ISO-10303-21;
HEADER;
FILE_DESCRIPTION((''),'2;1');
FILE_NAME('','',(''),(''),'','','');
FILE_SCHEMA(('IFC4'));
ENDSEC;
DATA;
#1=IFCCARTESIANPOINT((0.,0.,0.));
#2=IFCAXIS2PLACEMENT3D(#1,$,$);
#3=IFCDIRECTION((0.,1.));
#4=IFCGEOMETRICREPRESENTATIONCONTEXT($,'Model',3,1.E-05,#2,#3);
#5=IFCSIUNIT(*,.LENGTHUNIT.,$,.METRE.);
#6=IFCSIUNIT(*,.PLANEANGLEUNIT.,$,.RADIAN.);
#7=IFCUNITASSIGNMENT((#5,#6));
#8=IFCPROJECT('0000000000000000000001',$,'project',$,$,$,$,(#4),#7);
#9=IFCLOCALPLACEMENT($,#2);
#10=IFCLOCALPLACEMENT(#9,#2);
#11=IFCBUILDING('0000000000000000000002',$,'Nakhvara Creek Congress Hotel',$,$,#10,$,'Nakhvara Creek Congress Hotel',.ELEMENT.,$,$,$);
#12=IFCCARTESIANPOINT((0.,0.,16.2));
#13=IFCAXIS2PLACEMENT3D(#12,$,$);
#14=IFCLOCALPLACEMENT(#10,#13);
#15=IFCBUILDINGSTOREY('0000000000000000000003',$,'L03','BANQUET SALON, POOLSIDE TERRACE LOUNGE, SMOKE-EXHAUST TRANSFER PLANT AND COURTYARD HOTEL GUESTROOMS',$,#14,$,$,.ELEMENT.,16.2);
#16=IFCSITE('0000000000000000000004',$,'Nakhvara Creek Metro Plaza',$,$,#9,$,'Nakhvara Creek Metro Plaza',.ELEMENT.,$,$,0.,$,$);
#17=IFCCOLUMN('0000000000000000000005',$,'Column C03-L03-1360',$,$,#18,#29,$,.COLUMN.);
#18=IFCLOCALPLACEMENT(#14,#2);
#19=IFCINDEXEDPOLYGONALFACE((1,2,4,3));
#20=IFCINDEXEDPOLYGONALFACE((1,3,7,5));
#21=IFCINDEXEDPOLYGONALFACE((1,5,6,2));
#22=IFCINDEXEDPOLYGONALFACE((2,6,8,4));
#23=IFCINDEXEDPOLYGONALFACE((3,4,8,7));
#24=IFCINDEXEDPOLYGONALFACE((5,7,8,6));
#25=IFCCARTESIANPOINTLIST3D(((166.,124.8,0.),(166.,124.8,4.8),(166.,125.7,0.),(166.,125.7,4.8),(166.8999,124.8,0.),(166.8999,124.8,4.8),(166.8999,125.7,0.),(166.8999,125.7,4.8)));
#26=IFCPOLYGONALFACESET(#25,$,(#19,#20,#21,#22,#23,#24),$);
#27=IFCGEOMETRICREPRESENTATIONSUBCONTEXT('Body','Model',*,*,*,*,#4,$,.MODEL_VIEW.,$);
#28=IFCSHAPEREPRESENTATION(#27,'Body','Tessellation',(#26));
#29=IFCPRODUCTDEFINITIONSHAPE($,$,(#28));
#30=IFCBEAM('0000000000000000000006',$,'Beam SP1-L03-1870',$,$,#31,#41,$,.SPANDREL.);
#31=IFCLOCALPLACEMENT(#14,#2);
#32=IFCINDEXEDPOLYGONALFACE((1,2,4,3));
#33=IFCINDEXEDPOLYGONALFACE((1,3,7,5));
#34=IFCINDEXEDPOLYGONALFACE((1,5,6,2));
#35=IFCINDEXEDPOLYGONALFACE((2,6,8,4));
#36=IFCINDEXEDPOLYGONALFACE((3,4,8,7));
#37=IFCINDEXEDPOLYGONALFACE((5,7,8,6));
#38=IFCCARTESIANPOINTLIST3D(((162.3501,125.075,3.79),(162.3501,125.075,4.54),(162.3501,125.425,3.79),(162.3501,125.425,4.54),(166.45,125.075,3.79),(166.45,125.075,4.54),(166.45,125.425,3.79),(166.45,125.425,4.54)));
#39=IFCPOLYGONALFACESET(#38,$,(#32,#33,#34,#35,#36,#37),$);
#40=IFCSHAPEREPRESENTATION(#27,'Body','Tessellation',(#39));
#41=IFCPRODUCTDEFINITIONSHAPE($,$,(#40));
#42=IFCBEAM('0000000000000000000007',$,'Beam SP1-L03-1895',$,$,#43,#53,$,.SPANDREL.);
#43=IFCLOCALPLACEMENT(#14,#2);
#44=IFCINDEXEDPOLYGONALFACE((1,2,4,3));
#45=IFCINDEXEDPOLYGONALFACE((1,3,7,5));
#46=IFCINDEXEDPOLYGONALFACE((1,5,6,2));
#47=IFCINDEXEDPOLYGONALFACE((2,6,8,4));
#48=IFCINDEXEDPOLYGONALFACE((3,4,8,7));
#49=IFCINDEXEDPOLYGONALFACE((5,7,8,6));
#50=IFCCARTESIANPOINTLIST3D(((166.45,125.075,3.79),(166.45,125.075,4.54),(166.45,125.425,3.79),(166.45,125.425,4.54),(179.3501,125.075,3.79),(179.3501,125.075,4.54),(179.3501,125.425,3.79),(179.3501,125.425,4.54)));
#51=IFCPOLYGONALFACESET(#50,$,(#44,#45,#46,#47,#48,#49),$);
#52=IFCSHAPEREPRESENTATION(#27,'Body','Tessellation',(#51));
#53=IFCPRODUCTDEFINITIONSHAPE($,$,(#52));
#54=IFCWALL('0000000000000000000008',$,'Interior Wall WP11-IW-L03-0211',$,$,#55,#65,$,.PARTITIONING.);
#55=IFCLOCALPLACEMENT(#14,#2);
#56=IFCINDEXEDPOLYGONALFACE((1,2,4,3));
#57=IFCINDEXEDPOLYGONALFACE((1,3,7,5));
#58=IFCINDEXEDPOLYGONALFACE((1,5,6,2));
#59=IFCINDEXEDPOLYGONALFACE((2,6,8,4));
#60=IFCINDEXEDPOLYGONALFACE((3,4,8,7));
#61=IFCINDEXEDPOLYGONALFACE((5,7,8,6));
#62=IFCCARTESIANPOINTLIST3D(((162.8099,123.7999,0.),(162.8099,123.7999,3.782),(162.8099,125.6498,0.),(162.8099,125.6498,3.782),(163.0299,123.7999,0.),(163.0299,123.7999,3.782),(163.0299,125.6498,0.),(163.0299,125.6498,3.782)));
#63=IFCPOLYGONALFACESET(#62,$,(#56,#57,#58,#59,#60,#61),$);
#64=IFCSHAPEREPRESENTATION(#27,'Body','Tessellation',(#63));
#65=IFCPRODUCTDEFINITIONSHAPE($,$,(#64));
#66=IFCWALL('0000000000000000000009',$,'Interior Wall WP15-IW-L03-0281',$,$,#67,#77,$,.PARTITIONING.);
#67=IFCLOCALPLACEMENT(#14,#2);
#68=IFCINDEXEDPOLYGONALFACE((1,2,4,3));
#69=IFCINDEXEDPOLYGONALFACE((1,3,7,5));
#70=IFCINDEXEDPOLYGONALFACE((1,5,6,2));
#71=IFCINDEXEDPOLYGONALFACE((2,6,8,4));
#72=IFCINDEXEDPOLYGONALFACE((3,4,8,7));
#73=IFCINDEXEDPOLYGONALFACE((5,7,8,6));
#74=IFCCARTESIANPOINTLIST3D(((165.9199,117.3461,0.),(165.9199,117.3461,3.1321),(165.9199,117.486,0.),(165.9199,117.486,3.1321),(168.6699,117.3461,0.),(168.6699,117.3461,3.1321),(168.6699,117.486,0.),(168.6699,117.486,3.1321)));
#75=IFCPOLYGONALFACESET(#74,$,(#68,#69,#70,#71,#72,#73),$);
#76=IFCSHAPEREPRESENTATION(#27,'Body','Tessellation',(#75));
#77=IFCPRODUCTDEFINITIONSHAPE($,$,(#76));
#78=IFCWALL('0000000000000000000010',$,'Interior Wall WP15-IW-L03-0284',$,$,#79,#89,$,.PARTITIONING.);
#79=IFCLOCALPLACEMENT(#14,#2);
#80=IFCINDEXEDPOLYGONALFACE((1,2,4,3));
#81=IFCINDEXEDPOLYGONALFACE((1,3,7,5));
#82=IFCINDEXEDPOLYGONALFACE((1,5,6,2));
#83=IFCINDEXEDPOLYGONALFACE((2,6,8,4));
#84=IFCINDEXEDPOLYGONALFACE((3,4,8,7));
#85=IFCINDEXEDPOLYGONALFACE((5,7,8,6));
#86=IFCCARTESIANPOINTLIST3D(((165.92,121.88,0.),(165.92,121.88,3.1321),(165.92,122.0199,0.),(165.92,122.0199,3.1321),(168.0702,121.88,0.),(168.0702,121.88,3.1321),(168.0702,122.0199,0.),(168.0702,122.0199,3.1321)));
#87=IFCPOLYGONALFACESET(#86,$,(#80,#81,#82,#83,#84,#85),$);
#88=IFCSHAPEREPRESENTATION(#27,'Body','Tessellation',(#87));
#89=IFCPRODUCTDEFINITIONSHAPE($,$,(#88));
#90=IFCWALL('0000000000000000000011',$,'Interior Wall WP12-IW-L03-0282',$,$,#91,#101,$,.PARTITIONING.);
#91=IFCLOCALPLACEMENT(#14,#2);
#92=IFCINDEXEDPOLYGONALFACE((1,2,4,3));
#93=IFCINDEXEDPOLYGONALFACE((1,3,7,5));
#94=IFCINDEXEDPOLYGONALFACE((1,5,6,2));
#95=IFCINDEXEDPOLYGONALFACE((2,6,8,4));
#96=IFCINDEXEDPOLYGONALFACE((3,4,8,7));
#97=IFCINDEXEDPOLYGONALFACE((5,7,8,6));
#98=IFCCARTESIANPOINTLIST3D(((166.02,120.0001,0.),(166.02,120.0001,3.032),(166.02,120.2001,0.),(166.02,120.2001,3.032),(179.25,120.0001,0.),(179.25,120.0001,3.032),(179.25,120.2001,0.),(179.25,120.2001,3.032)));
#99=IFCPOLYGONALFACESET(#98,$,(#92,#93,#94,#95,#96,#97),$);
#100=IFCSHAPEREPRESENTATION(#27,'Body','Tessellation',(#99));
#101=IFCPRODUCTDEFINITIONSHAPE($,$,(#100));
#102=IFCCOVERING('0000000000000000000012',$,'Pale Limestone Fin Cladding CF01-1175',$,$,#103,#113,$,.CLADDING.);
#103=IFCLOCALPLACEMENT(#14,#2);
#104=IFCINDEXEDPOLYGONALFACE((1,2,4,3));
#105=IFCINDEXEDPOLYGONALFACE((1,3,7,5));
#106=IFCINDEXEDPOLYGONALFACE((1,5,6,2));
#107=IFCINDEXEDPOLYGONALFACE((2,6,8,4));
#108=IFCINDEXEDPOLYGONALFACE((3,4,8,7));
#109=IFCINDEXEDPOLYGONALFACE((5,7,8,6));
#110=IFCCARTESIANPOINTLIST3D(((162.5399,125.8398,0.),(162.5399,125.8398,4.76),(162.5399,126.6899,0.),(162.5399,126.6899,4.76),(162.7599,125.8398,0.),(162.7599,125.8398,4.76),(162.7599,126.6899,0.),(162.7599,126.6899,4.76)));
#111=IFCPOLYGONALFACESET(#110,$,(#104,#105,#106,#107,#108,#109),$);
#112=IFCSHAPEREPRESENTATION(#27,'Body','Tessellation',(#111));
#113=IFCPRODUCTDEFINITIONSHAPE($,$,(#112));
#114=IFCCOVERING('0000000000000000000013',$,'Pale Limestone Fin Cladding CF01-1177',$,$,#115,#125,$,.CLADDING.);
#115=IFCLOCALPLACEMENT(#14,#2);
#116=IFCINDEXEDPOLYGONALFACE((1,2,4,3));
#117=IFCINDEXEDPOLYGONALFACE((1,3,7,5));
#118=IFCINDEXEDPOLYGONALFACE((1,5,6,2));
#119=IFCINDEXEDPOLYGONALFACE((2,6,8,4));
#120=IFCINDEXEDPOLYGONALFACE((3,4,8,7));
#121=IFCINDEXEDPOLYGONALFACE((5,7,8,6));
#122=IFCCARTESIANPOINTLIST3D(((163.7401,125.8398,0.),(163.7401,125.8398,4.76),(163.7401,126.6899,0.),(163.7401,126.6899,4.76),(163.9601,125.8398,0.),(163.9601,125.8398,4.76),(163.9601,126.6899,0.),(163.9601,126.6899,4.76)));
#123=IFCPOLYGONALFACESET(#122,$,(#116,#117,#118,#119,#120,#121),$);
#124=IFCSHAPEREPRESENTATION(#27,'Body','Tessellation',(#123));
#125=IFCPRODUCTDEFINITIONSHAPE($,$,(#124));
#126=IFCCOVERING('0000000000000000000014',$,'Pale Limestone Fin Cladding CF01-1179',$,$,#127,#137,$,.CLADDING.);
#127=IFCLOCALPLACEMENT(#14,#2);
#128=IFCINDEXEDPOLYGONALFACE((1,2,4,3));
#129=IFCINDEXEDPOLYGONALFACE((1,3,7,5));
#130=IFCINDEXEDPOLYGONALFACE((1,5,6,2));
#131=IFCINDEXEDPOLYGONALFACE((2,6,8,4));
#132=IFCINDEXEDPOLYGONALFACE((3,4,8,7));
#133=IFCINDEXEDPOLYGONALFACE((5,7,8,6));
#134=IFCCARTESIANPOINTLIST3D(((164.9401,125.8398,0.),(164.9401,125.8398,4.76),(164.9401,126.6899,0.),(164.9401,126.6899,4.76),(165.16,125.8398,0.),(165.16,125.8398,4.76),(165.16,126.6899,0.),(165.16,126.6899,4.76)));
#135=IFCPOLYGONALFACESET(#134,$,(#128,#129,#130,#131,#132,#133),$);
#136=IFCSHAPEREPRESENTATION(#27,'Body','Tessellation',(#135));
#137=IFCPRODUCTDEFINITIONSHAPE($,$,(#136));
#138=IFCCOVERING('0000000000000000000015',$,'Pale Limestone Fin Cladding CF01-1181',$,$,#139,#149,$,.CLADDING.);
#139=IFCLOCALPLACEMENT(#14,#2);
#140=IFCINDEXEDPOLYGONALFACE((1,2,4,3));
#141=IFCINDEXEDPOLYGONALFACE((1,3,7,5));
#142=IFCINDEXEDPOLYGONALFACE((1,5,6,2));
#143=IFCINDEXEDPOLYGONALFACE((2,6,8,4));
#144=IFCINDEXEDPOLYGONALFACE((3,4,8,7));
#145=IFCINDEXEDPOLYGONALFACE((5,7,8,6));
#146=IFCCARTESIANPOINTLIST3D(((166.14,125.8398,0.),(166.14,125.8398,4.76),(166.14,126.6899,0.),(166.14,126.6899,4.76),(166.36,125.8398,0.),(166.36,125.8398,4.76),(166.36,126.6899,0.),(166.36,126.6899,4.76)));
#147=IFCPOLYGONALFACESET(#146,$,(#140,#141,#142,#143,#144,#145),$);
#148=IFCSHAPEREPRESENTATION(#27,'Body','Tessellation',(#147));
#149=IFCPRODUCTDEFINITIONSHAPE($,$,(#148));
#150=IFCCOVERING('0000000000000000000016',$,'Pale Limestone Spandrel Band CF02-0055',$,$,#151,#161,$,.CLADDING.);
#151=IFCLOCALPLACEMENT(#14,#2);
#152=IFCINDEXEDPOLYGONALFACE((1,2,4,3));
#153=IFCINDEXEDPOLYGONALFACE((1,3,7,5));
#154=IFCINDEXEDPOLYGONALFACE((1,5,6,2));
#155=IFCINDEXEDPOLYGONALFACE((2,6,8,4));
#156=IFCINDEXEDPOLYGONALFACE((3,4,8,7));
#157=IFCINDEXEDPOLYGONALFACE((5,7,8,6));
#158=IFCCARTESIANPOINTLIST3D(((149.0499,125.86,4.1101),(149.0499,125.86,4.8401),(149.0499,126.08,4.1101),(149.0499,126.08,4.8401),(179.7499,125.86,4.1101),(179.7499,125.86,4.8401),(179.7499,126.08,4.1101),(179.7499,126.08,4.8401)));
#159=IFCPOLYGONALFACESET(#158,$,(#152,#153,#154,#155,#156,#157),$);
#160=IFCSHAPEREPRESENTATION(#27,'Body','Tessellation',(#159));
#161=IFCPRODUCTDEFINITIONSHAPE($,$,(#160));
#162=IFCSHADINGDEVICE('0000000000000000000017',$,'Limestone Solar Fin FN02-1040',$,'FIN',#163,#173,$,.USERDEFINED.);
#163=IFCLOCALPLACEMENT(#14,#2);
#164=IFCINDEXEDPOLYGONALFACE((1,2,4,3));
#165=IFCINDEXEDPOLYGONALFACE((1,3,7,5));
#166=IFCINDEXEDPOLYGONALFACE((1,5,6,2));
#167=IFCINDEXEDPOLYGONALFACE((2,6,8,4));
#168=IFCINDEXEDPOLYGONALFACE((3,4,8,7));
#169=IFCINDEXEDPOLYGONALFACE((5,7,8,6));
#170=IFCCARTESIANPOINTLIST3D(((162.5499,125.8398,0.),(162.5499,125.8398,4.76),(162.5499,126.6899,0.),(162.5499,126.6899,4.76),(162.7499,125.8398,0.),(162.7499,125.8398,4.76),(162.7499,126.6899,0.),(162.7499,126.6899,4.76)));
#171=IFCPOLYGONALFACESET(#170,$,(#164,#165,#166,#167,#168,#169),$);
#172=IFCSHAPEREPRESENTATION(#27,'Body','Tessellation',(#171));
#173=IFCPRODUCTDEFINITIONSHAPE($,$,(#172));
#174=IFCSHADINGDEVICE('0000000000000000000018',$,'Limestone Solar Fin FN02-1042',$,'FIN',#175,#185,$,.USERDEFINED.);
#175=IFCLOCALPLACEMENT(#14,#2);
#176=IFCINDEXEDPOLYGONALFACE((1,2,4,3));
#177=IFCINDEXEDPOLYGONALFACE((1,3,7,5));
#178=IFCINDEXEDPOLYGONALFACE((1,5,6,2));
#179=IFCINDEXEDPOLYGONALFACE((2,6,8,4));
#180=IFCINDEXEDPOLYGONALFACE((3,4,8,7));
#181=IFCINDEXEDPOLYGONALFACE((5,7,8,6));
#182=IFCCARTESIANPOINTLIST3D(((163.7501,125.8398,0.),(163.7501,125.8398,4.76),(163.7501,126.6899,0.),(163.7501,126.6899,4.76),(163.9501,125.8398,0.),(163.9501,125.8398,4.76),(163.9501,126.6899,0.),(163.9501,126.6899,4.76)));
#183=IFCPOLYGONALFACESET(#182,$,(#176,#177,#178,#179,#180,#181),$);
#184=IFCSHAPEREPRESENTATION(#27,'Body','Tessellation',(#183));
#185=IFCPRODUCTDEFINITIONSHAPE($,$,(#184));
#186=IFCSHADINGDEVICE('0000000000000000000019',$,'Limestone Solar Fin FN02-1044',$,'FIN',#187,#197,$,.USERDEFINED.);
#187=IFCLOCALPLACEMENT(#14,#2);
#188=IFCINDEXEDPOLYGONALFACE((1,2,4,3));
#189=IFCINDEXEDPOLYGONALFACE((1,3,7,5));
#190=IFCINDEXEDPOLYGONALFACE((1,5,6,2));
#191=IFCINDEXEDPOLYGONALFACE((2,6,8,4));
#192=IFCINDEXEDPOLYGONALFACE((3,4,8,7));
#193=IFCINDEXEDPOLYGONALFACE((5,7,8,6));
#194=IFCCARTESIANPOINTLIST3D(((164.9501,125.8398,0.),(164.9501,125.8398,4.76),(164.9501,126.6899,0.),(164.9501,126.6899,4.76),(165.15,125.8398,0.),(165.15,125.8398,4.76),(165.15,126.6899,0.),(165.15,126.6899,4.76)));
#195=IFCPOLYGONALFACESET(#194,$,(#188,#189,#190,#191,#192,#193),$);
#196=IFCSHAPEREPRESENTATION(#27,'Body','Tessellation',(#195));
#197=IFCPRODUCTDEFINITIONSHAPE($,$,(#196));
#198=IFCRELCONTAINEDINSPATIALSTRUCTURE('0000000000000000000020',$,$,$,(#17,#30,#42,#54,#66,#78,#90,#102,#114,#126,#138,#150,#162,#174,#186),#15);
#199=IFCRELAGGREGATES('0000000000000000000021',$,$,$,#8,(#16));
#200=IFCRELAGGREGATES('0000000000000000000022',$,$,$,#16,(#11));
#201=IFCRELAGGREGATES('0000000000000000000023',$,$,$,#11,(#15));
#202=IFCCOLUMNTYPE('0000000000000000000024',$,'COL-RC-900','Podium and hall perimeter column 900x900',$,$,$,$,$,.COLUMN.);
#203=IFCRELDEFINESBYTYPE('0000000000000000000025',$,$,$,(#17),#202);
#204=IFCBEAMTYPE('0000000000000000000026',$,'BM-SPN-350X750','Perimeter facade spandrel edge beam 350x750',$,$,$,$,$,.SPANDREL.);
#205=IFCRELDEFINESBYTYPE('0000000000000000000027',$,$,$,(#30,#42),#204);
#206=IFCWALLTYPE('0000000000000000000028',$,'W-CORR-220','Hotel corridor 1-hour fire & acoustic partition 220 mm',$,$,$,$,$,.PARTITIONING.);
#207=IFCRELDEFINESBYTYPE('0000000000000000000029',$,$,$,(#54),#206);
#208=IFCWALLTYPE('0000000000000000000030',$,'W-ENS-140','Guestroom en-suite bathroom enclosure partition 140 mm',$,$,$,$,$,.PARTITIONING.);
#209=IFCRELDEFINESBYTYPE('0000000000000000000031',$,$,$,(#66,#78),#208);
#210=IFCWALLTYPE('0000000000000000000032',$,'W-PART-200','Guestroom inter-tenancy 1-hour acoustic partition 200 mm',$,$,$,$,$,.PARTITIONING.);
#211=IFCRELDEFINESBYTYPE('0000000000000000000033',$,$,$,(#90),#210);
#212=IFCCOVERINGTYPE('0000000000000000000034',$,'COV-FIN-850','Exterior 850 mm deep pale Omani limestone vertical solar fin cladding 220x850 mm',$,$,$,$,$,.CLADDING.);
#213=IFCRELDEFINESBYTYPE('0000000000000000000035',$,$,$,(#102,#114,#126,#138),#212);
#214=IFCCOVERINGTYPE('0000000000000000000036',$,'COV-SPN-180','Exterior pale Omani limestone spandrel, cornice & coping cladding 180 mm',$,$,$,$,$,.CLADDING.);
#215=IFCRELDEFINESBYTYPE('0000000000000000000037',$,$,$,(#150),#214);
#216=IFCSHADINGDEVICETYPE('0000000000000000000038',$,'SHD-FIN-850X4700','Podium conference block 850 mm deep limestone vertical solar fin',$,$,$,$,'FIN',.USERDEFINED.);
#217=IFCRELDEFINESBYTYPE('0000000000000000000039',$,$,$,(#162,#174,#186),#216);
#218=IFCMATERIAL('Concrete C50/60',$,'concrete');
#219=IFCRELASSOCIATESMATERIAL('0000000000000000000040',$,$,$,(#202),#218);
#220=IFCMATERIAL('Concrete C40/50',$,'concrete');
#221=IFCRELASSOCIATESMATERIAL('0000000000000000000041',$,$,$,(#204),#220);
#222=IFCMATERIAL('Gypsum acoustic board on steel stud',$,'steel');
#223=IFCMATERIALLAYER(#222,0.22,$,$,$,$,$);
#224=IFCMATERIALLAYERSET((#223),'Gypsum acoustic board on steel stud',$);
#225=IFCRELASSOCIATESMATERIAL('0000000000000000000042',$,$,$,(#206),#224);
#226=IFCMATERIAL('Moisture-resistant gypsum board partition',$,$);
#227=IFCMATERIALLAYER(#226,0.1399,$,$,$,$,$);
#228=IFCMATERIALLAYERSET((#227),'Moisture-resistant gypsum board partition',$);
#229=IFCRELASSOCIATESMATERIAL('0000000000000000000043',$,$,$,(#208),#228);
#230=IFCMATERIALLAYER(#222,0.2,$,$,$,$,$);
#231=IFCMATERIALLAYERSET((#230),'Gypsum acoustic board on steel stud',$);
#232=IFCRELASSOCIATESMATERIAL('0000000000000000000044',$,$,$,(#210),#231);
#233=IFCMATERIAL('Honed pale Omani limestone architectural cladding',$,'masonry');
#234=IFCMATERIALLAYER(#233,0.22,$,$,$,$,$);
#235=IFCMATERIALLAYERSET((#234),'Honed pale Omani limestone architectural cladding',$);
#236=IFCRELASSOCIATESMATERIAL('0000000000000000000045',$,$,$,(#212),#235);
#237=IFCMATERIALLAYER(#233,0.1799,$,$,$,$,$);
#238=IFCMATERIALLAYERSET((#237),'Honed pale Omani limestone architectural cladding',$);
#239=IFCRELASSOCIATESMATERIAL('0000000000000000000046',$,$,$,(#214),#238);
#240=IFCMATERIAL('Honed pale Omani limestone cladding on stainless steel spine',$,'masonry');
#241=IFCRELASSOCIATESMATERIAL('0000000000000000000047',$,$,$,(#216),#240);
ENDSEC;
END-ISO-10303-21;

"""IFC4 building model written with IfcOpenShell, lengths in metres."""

from ifc_helpers import new_model, si_unit, direction, frame, frame_2d, origin, origin_2d, place, context, subcontext, project, spatial, rectangle, extrude, material, layer, layer_set, material_profile, profile_set, type_object, element, save


model = new_model("IFC4")

# Units and contexts
model_context = context("Model", 3, precision=1e-05, world=origin(), true_north=direction((0.0, 1.0)))
body_context = subcontext(model_context, "Body", "Model", "MODEL_VIEW")
ifc_project = project(units=[si_unit("LENGTHUNIT", "METRE"), si_unit("PLANEANGLEUNIT", "RADIAN")], contexts=[model_context])

# Site, building, storey
site_placement = place(None, origin())
site = spatial("IfcSite", under=ifc_project, at=site_placement, Name="Nakhvara Creek Metro Plaza", LongName="Nakhvara Creek Metro Plaza", CompositionType="ELEMENT", RefElevation=0.0)
building_placement = place(site_placement, origin())
building = spatial("IfcBuilding", under=site, at=building_placement, Name="Nakhvara Creek Congress Hotel", LongName="Nakhvara Creek Congress Hotel", CompositionType="ELEMENT")
storey_placement = place(building_placement, frame((0.0, 0.0, 16.2)))
storey = spatial("IfcBuildingStorey", under=building, at=storey_placement, Name="L03", Description="BANQUET SALON, POOLSIDE TERRACE LOUNGE, SMOKE-EXHAUST TRANSFER PLANT AND COURTYARD HOTEL GUESTROOMS", CompositionType="ELEMENT", Elevation=16.2)

# Column
ifc_material_1 = material(Name="Concrete C50/60", Category="concrete")
ifc_material_profile_1 = material_profile(ifc_material_1, rectangle(XDim=0.8999, YDim=0.8999, at=origin_2d()), Name="RC-COL 900x900", Category="LoadBearing")
ifc_profile_set_1 = profile_set([ifc_material_profile_1], Name="Concrete C50/60")
column_type = type_object("IfcColumnType", Name="COL-RC-900", Description="Podium and hall perimeter column 900x900", PredefinedType="COLUMN", material=ifc_profile_set_1)
column_placement = place(storey_placement, frame((166.45, 125.25, 0.0), z_axis=(0.0, 0.0, 1.0), x_axis=(1.0, 0.0, 0.0)))
element("IfcColumn", 1, at=column_placement, inside=storey, type_object=column_type, Name="Column C03-L03-1360", PredefinedType="COLUMN", context=body_context, shape_type="SweptSolid", body=[
    extrude(rectangle(XDim=0.8999, YDim=0.8999, at=origin_2d()), origin(), (0.0, 0.0, 1.0), 4.8),
])

# Beams
ifc_material_2 = material(Name="Concrete C40/50", Category="concrete")
ifc_material_profile_2 = material_profile(ifc_material_2, rectangle(XDim=0.3501, YDim=0.75, at=origin_2d()), Name="RC-SPANDREL 350x750", Category="LoadBearing")
ifc_profile_set_2 = profile_set([ifc_material_profile_2], Name="Concrete C40/50")
beam_type = type_object("IfcBeamType", Name="BM-SPN-350X750", Description="Perimeter facade spandrel edge beam 350x750", PredefinedType="SPANDREL", material=ifc_profile_set_2)
beam_1_placement = place(storey_placement, frame((162.3501, 125.25, 4.165), z_axis=(1.0, 0.0, 0.0), x_axis=(0.0, 1.0, 0.0)))
element("IfcBeam", 2, at=beam_1_placement, inside=storey, type_object=beam_type, Name="Beam SP1-L03-1870", PredefinedType="SPANDREL", context=body_context, shape_type="SweptSolid", body=[
    extrude(rectangle(XDim=0.3501, YDim=0.75, at=origin_2d()), origin(), (0.0, 0.0, 1.0), 4.0999),
])
beam_2_placement = place(storey_placement, frame((166.45, 125.25, 4.165), z_axis=(1.0, 0.0, 0.0), x_axis=(0.0, 1.0, 0.0)))
element("IfcBeam", 3, at=beam_2_placement, inside=storey, type_object=beam_type, Name="Beam SP1-L03-1895", PredefinedType="SPANDREL", context=body_context, shape_type="SweptSolid", body=[
    extrude(rectangle(XDim=0.3501, YDim=0.75, at=origin_2d()), origin(), (0.0, 0.0, 1.0), 12.9001),
])

# Walls
ifc_material_3 = material(Name="Gypsum acoustic board on steel stud", Category="steel")
ifc_layer_1 = layer(ifc_material_3, 0.22)
ifc_layer_set_1 = layer_set([ifc_layer_1], Name="Gypsum acoustic board on steel stud")
wall_type_1 = type_object("IfcWallType", Name="W-CORR-220", Description="Hotel corridor 1-hour fire & acoustic partition 220 mm", PredefinedType="PARTITIONING", material=ifc_layer_set_1)
wall_1_placement = place(storey_placement, frame((162.9199, 123.8, 0.0), z_axis=(0.0, 0.0, 1.0), x_axis=(0.0, 1.0, 0.0)))
element("IfcWall", 4, at=wall_1_placement, inside=storey, type_object=wall_type_1, Name="Interior Wall WP11-IW-L03-0211", PredefinedType="PARTITIONING", context=body_context, shape_type="SweptSolid", body=[
    extrude(rectangle(XDim=1.8499, YDim=0.22, at=frame_2d((0.9248, 0.0))), origin(), (0.0, 0.0, 1.0), 3.782),
])
ifc_material_4 = material(Name="Moisture-resistant gypsum board partition")
ifc_layer_2 = layer(ifc_material_4, 0.1399)
ifc_layer_set_2 = layer_set([ifc_layer_2], Name="Moisture-resistant gypsum board partition")
wall_type_2 = type_object("IfcWallType", Name="W-ENS-140", Description="Guestroom en-suite bathroom enclosure partition 140 mm", PredefinedType="PARTITIONING", material=ifc_layer_set_2)
wall_2_placement = place(storey_placement, frame((165.9199, 117.416, 0.0), z_axis=(0.0, 0.0, 1.0), x_axis=(1.0, 0.0, 0.0)))
element("IfcWall", 5, at=wall_2_placement, inside=storey, type_object=wall_type_2, Name="Interior Wall WP15-IW-L03-0281", PredefinedType="PARTITIONING", context=body_context, shape_type="SweptSolid", body=[
    extrude(rectangle(XDim=2.75, YDim=0.1399, at=frame_2d((1.375, 0.0))), origin(), (0.0, 0.0, 1.0), 3.1321),
])
wall_3_placement = place(storey_placement, frame((165.9199, 121.95, 0.0), z_axis=(0.0, 0.0, 1.0), x_axis=(1.0, 0.0, 0.0)))
element("IfcWall", 6, at=wall_3_placement, inside=storey, type_object=wall_type_2, Name="Interior Wall WP15-IW-L03-0284", PredefinedType="PARTITIONING", context=body_context, shape_type="SweptSolid", body=[
    extrude(rectangle(XDim=2.1501, YDim=0.1399, at=frame_2d((1.0752, 0.0))), origin(), (0.0, 0.0, 1.0), 3.1321),
])
ifc_layer_3 = layer(ifc_material_3, 0.2)
ifc_layer_set_3 = layer_set([ifc_layer_3], Name="Gypsum acoustic board on steel stud")
wall_type_3 = type_object("IfcWallType", Name="W-PART-200", Description="Guestroom inter-tenancy 1-hour acoustic partition 200 mm", PredefinedType="PARTITIONING", material=ifc_layer_set_3)
wall_4_placement = place(storey_placement, frame((166.02, 120.1001, 0.0), z_axis=(0.0, 0.0, 1.0), x_axis=(1.0, 0.0, 0.0)))
element("IfcWall", 7, at=wall_4_placement, inside=storey, type_object=wall_type_3, Name="Interior Wall WP12-IW-L03-0282", PredefinedType="PARTITIONING", context=body_context, shape_type="SweptSolid", body=[
    extrude(rectangle(XDim=13.23, YDim=0.2, at=frame_2d((6.615, 0.0))), origin(), (0.0, 0.0, 1.0), 3.032),
])

# Coverings
ifc_material_5 = material(Name="Honed pale Omani limestone architectural cladding", Category="masonry")
ifc_layer_4 = layer(ifc_material_5, 0.22)
ifc_layer_set_4 = layer_set([ifc_layer_4], Name="Honed pale Omani limestone architectural cladding")
covering_type_1 = type_object("IfcCoveringType", Name="COV-FIN-850", Description="Exterior 850 mm deep pale Omani limestone vertical solar fin cladding 220x850 mm", PredefinedType="CLADDING", material=ifc_layer_set_4)
for number, where, z_axis, x_axis, name in (
    (8, (162.6499, 126.2649, 0.0), (0.0, 0.0, 1.0), (1.0, 0.0, 0.0), "Pale Limestone Fin Cladding CF01-1175"),
    (9, (163.8501, 126.2649, 0.0), (0.0, 0.0, 1.0), (1.0, 0.0, 0.0), "Pale Limestone Fin Cladding CF01-1177"),
    (10, (165.05, 126.2649, 0.0), (0.0, 0.0, 1.0), (1.0, 0.0, 0.0), "Pale Limestone Fin Cladding CF01-1179"),
    (11, (166.25, 126.2649, 0.0), (0.0, 0.0, 1.0), (1.0, 0.0, 0.0), "Pale Limestone Fin Cladding CF01-1181"),
):
    element("IfcCovering", number, at=place(storey_placement, frame(where, z_axis=z_axis, x_axis=x_axis)), inside=storey, type_object=covering_type_1, Name=name, PredefinedType="CLADDING", context=body_context, shape_type="SweptSolid", body=[
        extrude(rectangle(XDim=0.22, YDim=0.8501, at=origin_2d()), origin(), (0.0, 0.0, 1.0), 4.76),
    ])
ifc_layer_5 = layer(ifc_material_5, 0.1799)
ifc_layer_set_5 = layer_set([ifc_layer_5], Name="Honed pale Omani limestone architectural cladding")
covering_type_2 = type_object("IfcCoveringType", Name="COV-SPN-180", Description="Exterior pale Omani limestone spandrel, cornice & coping cladding 180 mm", PredefinedType="CLADDING", material=ifc_layer_set_5)
covering_placement = place(storey_placement, frame((164.3999, 125.97, 4.1101), z_axis=(0.0, 0.0, 1.0), x_axis=(1.0, 0.0, 0.0)))
element("IfcCovering", 12, at=covering_placement, inside=storey, type_object=covering_type_2, Name="Pale Limestone Spandrel Band CF02-0055", PredefinedType="CLADDING", context=body_context, shape_type="SweptSolid", body=[
    extrude(rectangle(XDim=30.7, YDim=0.22, at=origin_2d()), origin(), (0.0, 0.0, 1.0), 0.73),
])

# Shading devices
ifc_material_6 = material(Name="Honed pale Omani limestone cladding on stainless steel spine", Category="masonry")
shading_device_type = type_object("IfcShadingDeviceType", Name="SHD-FIN-850X4700", Description="Podium conference block 850 mm deep limestone vertical solar fin", ElementType="FIN", PredefinedType="USERDEFINED", material=ifc_material_6)
for number, where, z_axis, x_axis, name in (
    (13, (162.6499, 126.2649, 0.0), (0.0, 0.0, 1.0), (1.0, 0.0, 0.0), "Limestone Solar Fin FN02-1040"),
    (14, (163.8501, 126.2649, 0.0), (0.0, 0.0, 1.0), (1.0, 0.0, 0.0), "Limestone Solar Fin FN02-1042"),
    (15, (165.05, 126.2649, 0.0), (0.0, 0.0, 1.0), (1.0, 0.0, 0.0), "Limestone Solar Fin FN02-1044"),
):
    element("IfcShadingDevice", number, at=place(storey_placement, frame(where, z_axis=z_axis, x_axis=x_axis)), inside=storey, type_object=shading_device_type, Name=name, ObjectType="FIN", PredefinedType="USERDEFINED", context=body_context, shape_type="SweptSolid", body=[
        extrude(rectangle(XDim=0.2, YDim=0.8501, at=origin_2d()), origin(), (0.0, 0.0, 1.0), 4.76),
    ])

save(model, "model.ifc")
